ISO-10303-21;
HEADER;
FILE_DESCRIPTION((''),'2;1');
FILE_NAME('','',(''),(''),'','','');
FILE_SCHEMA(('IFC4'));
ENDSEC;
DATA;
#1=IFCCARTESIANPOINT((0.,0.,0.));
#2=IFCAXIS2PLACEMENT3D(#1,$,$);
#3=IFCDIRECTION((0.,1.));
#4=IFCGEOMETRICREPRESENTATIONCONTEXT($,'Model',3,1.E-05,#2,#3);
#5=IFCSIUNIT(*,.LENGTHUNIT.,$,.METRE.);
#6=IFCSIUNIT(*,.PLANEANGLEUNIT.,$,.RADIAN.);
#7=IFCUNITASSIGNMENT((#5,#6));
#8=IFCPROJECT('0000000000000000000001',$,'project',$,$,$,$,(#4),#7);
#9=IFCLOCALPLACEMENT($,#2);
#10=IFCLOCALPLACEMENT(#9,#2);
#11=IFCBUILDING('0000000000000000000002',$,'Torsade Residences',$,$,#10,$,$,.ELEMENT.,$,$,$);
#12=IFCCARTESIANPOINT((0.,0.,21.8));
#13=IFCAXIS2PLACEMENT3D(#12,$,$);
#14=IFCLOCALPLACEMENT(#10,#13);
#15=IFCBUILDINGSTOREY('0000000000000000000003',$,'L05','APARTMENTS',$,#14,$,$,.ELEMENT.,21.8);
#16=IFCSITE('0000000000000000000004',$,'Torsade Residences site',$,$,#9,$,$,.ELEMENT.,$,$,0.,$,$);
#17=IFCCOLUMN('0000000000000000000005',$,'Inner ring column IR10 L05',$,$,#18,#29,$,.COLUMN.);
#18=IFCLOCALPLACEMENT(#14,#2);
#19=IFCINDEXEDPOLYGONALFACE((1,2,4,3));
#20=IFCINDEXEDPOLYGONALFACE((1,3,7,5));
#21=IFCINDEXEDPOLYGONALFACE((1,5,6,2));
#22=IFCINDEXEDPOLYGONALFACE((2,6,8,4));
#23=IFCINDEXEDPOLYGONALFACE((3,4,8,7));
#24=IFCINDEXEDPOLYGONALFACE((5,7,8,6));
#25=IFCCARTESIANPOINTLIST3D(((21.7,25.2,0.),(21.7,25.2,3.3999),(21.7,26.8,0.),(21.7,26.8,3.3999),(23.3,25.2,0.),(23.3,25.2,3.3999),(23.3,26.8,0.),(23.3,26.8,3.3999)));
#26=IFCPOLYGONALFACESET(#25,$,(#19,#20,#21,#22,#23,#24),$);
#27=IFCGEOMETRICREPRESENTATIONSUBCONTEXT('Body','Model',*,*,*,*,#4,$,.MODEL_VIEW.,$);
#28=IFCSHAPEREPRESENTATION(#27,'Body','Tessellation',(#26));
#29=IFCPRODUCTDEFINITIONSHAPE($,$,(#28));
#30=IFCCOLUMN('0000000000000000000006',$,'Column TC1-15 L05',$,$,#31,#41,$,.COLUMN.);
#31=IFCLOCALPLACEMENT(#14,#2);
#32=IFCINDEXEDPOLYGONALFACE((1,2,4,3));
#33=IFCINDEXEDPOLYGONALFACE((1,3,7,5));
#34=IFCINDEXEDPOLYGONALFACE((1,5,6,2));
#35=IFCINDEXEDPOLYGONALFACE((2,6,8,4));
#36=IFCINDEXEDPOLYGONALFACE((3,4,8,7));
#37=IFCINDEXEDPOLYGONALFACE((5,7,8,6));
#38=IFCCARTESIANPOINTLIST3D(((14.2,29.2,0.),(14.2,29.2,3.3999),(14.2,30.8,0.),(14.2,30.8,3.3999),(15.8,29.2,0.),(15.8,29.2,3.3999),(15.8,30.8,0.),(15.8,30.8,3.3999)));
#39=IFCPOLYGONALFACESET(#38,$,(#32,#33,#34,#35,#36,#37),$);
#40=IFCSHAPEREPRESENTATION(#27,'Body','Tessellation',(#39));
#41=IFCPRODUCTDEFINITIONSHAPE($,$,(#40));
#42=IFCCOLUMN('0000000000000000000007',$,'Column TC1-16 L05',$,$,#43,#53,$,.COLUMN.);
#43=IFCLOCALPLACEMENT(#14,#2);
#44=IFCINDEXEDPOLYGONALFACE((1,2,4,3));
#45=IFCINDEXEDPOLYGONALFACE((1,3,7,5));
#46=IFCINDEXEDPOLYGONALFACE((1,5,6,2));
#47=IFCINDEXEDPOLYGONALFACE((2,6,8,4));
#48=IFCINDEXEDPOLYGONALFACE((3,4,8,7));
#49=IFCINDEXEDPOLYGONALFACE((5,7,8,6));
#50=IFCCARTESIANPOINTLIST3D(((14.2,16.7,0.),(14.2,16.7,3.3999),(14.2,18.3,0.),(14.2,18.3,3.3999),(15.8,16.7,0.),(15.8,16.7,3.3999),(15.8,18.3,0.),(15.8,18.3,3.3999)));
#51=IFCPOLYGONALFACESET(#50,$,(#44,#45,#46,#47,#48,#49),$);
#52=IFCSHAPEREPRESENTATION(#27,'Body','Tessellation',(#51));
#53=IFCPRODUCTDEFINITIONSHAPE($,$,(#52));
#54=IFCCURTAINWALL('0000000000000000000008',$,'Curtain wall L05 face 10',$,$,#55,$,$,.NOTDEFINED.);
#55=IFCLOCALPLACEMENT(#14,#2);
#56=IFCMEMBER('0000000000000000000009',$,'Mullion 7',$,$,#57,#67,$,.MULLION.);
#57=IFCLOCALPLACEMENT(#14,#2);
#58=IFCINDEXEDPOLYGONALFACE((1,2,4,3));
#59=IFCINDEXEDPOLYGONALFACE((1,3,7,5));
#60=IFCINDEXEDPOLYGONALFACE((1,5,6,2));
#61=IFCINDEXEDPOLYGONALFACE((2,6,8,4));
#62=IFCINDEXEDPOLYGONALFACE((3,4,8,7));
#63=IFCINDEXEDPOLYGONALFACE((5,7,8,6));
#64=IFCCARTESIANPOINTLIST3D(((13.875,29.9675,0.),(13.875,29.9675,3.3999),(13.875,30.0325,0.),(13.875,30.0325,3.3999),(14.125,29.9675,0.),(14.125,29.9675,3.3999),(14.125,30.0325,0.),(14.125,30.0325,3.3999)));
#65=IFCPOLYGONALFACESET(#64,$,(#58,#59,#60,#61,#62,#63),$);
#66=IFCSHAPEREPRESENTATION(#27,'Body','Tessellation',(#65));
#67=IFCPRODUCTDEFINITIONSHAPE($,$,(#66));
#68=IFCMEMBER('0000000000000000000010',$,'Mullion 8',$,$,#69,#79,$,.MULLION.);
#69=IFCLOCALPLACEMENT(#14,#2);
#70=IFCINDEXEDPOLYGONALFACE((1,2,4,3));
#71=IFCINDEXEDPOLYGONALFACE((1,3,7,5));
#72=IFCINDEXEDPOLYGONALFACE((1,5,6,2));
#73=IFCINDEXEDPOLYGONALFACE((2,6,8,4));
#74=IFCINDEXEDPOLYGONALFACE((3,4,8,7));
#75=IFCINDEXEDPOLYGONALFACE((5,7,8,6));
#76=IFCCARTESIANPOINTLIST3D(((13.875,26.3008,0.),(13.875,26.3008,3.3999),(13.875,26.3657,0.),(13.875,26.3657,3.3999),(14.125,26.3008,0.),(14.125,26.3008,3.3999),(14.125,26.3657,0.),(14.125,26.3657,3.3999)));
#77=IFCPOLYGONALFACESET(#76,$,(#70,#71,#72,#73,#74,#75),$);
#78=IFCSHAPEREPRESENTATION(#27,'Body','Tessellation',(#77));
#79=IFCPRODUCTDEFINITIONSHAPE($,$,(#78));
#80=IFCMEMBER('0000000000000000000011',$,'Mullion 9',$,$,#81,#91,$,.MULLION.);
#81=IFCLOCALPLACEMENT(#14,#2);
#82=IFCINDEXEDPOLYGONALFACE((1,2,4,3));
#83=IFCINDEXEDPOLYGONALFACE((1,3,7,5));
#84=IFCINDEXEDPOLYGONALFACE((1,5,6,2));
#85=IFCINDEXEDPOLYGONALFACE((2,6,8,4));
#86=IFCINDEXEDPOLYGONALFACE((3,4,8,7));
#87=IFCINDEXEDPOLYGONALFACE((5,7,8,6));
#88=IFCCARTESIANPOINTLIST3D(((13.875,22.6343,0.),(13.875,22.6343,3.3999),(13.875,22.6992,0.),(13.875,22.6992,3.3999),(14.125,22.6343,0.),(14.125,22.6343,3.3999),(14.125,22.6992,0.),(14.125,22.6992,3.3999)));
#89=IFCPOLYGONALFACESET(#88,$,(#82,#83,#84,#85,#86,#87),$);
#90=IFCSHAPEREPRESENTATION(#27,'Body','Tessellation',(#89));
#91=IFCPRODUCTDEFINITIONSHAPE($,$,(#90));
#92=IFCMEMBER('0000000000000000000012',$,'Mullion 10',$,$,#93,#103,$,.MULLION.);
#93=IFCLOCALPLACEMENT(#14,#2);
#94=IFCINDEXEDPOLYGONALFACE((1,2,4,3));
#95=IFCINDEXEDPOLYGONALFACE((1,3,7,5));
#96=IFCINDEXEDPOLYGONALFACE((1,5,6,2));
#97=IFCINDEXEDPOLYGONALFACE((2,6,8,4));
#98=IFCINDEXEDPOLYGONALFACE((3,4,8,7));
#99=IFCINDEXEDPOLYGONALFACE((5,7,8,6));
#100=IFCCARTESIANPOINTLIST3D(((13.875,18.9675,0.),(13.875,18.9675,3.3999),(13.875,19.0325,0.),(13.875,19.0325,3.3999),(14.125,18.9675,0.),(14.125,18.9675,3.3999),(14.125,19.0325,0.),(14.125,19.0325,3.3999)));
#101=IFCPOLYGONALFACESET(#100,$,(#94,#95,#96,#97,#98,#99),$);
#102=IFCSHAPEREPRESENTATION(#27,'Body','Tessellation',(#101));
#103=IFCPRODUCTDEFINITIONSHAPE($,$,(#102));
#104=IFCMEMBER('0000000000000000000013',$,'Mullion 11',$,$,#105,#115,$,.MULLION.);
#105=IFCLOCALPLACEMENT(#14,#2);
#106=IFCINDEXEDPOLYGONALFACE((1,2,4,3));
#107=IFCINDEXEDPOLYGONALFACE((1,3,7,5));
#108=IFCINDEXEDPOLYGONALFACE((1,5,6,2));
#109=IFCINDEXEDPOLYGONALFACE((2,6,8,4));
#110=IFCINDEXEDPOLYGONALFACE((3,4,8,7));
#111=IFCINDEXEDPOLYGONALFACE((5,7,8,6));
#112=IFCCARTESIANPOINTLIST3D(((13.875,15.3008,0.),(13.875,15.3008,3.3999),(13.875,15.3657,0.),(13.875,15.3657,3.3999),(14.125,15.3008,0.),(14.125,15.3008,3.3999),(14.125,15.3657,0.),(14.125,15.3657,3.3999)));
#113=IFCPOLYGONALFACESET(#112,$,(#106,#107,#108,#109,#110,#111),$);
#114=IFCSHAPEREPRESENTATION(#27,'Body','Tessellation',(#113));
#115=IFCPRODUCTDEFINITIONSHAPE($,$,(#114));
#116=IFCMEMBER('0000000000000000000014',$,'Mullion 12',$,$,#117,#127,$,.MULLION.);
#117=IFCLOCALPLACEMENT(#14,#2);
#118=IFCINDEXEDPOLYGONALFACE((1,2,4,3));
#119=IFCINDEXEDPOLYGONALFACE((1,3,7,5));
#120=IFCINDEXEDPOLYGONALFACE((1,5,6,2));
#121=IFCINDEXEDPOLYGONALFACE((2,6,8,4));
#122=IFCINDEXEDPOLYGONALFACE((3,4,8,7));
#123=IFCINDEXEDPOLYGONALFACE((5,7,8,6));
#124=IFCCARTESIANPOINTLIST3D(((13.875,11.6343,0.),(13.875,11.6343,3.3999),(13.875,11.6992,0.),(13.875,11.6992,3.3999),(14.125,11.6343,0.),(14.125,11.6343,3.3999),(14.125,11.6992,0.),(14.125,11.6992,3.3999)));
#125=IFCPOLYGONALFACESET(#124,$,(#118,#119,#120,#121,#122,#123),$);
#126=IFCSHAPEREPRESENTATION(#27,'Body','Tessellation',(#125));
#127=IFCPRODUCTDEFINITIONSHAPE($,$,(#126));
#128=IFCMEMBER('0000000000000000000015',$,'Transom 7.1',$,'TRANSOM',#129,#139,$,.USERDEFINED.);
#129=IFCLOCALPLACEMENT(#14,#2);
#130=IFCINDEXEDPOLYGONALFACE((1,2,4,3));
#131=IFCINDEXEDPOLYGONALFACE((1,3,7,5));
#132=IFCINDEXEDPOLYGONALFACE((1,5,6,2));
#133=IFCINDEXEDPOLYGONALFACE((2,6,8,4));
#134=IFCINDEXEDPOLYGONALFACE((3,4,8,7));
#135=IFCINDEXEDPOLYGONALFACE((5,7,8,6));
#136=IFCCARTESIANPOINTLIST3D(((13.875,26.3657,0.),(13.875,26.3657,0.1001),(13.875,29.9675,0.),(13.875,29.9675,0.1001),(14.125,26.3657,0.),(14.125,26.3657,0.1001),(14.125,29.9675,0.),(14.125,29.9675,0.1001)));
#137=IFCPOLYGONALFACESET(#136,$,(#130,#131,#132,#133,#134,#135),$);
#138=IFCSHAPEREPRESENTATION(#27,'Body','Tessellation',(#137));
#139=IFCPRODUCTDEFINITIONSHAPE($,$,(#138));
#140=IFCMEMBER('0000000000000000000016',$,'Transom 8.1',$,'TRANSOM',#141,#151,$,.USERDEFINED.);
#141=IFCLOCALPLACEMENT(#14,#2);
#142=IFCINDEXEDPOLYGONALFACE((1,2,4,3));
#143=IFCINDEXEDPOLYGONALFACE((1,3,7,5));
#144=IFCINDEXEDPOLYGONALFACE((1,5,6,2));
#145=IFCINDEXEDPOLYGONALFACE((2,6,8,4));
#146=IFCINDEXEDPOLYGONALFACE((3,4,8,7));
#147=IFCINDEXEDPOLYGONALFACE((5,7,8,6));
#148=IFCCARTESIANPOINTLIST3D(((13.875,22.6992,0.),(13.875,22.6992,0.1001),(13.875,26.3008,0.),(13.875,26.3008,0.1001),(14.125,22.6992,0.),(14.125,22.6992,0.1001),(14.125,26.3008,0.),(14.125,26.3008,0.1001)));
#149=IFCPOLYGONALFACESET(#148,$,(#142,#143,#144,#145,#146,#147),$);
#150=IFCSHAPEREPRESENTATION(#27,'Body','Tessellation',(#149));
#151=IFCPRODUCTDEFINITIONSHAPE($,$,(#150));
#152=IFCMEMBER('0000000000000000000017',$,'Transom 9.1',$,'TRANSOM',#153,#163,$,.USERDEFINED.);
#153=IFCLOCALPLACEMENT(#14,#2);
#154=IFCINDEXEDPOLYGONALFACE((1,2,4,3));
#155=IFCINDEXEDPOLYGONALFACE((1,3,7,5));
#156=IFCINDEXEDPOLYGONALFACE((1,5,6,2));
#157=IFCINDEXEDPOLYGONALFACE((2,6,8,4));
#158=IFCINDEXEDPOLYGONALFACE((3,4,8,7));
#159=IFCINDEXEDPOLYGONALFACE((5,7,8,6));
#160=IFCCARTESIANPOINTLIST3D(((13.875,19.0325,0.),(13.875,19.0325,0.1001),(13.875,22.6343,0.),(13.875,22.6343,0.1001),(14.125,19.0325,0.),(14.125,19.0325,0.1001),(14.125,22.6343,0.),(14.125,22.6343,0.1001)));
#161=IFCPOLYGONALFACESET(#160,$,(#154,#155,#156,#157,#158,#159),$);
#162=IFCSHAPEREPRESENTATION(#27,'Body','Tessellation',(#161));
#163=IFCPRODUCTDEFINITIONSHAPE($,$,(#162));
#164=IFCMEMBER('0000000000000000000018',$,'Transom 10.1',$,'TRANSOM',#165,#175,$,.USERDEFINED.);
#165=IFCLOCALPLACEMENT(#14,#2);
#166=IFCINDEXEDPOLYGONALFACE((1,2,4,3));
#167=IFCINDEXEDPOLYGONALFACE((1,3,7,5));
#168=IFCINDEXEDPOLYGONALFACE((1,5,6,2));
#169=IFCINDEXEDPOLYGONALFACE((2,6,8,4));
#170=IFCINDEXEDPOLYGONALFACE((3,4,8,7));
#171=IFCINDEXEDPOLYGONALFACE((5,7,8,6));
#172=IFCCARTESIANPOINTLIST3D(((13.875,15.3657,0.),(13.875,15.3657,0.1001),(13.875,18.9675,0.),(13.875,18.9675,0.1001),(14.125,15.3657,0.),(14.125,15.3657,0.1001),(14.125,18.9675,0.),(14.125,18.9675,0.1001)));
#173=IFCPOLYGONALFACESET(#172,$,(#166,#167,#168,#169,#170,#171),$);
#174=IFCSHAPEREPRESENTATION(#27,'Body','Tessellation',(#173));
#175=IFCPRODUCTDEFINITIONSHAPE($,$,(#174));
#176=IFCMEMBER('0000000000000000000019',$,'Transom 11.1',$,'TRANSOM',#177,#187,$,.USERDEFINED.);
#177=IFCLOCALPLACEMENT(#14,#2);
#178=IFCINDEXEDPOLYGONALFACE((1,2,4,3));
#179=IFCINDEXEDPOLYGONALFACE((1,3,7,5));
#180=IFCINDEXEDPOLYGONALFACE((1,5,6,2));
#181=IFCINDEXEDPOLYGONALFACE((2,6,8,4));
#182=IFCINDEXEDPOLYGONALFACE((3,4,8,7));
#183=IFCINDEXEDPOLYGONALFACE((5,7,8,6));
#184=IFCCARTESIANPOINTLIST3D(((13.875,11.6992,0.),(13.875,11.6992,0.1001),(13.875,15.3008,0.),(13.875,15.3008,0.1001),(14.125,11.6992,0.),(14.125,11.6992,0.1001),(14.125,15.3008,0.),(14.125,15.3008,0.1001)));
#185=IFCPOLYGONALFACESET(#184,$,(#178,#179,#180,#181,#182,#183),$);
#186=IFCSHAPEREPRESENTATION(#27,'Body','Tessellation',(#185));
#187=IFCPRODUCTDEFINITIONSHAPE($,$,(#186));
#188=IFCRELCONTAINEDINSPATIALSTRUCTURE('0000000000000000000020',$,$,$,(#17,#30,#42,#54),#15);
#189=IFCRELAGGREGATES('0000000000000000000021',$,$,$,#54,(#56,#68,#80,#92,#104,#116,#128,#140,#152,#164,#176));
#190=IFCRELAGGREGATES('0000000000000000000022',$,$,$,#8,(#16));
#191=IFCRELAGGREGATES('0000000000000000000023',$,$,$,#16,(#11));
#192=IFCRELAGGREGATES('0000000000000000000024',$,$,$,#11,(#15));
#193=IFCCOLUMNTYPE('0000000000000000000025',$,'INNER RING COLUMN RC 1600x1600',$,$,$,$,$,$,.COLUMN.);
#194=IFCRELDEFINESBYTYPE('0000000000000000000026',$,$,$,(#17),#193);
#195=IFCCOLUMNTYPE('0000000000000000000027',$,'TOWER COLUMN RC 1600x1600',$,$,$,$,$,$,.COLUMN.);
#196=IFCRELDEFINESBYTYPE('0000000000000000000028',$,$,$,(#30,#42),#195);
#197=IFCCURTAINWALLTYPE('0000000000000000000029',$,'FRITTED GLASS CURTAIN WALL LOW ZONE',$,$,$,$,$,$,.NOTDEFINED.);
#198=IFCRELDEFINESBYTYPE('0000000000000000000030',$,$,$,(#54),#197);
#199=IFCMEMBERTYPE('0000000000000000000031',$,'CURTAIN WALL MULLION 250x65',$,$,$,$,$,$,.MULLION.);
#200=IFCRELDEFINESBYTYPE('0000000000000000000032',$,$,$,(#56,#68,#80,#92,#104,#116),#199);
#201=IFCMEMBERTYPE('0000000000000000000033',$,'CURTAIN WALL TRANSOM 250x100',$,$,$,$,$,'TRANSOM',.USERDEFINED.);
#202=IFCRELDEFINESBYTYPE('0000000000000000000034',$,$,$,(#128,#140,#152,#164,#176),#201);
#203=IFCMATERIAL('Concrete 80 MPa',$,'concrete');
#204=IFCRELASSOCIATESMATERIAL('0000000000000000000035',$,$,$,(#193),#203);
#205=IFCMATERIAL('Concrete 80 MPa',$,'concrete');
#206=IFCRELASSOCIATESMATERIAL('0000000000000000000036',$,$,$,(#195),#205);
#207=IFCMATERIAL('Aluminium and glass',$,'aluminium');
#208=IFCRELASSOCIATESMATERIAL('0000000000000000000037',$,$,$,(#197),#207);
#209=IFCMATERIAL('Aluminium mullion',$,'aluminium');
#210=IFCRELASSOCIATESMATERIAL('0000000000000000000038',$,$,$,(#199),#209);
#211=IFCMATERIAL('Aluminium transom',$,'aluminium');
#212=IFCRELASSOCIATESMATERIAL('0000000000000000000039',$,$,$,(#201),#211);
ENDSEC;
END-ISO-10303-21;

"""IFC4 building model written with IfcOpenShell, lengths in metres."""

from ifc_helpers import new_model, si_unit, direction, frame, origin, origin_2d, place, context, subcontext, project, spatial, rectangle, extrude, material, material_profile, profile_set, type_object, element, aggregate, save


model = new_model("IFC4")

# Units and contexts
model_context = context("Model", 3, precision=1e-05, world=origin(), true_north=direction((0.0, 1.0)))
body_context = subcontext(model_context, "Body", "Model", "MODEL_VIEW")
ifc_project = project(units=[si_unit("LENGTHUNIT", "METRE"), si_unit("PLANEANGLEUNIT", "RADIAN")], contexts=[model_context])

# Site, building, storey
site_placement = place(None, origin())
site = spatial("IfcSite", under=ifc_project, at=site_placement, Name="Torsade Residences site", CompositionType="ELEMENT", RefElevation=0.0)
building_placement = place(site_placement, origin())
building = spatial("IfcBuilding", under=site, at=building_placement, Name="Torsade Residences", CompositionType="ELEMENT")
storey_placement = place(building_placement, frame((0.0, 0.0, 21.8)))
storey = spatial("IfcBuildingStorey", under=building, at=storey_placement, Name="L05", Description="APARTMENTS", CompositionType="ELEMENT", Elevation=21.8)

# Columns
ifc_material_1 = material(Name="Concrete 80 MPa", Category="concrete")
ifc_material_profile_1 = material_profile(ifc_material_1, rectangle(XDim=1.6001, YDim=1.6001, at=origin_2d()), Name="RC 1600x1600")
ifc_profile_set_1 = profile_set([ifc_material_profile_1], Name="Concrete 80 MPa")
column_type_1 = type_object("IfcColumnType", Name="INNER RING COLUMN RC 1600x1600", PredefinedType="COLUMN", material=ifc_profile_set_1)
column_placement = place(storey_placement, frame((22.5, 26.0, 0.0), z_axis=(0.0, 0.0, 1.0), x_axis=(1.0, 0.0, 0.0)))
element("IfcColumn", 1, at=column_placement, inside=storey, type_object=column_type_1, Name="Inner ring column IR10 L05", PredefinedType="COLUMN", context=body_context, shape_type="SweptSolid", body=[
    extrude(rectangle(XDim=1.6001, YDim=1.6001, at=origin_2d()), origin(), (0.0, 0.0, 1.0), 3.3999),
])
ifc_material_2 = material(Name="Concrete 80 MPa", Category="concrete")
ifc_material_profile_2 = material_profile(ifc_material_2, rectangle(XDim=1.6001, YDim=1.6001, at=origin_2d()), Name="RC 1600x1600")
ifc_profile_set_2 = profile_set([ifc_material_profile_2], Name="Concrete 80 MPa")
column_type_2 = type_object("IfcColumnType", Name="TOWER COLUMN RC 1600x1600", PredefinedType="COLUMN", material=ifc_profile_set_2)
for number, where, z_axis, x_axis, name in (
    (2, (15.0, 30.0, 0.0), (0.0, 0.0, 1.0), (1.0, 0.0, 0.0), "Column TC1-15 L05"),
    (3, (15.0, 17.5, 0.0), (0.0, 0.0, 1.0), (1.0, 0.0, 0.0), "Column TC1-16 L05"),
):
    element("IfcColumn", number, at=place(storey_placement, frame(where, z_axis=z_axis, x_axis=x_axis)), inside=storey, type_object=column_type_2, Name=name, PredefinedType="COLUMN", context=body_context, shape_type="SweptSolid", body=[
        extrude(rectangle(XDim=1.6001, YDim=1.6001, at=origin_2d()), origin(), (0.0, 0.0, 1.0), 3.3999),
    ])

# Curtain wall, members
ifc_material_3 = material(Name="Aluminium and glass", Category="aluminium")
curtain_wall_type = type_object("IfcCurtainWallType", Name="FRITTED GLASS CURTAIN WALL LOW ZONE", PredefinedType="NOTDEFINED", material=ifc_material_3)
curtain_wall_placement = place(storey_placement, origin())
curtain_wall = element("IfcCurtainWall", 4, at=curtain_wall_placement, inside=storey, type_object=curtain_wall_type, Name="Curtain wall L05 face 10", PredefinedType="NOTDEFINED")
ifc_material_4 = material(Name="Aluminium mullion", Category="aluminium")
ifc_material_profile_3 = material_profile(ifc_material_4, rectangle(XDim=0.25, YDim=0.0649, at=origin_2d()), Name="CURTAIN WALL MULLION 250x65")
ifc_profile_set_3 = profile_set([ifc_material_profile_3], Name="Aluminium mullion")
member_type_1 = type_object("IfcMemberType", Name="CURTAIN WALL MULLION 250x65", PredefinedType="MULLION", material=ifc_profile_set_3)
member_1_placement = place(storey_placement, frame((14.0, 30.0, 0.0), z_axis=(0.0, 0.0, 1.0), x_axis=(1.0, 0.0, 0.0)))
member_1 = element("IfcMember", 5, at=member_1_placement, type_object=member_type_1, Name="Mullion 7", PredefinedType="MULLION", context=body_context, shape_type="SweptSolid", body=[
    extrude(rectangle(XDim=0.25, YDim=0.0649, at=origin_2d()), origin(), (0.0, 0.0, 1.0), 3.3999),
])
member_2_placement = place(storey_placement, frame((14.0, 26.3333, 0.0), z_axis=(0.0, 0.0, 1.0), x_axis=(1.0, 0.0, 0.0)))
member_2 = element("IfcMember", 6, at=member_2_placement, type_object=member_type_1, Name="Mullion 8", PredefinedType="MULLION", context=body_context, shape_type="SweptSolid", body=[
    extrude(rectangle(XDim=0.25, YDim=0.0649, at=origin_2d()), origin(), (0.0, 0.0, 1.0), 3.3999),
])
member_3_placement = place(storey_placement, frame((14.0, 22.6667, 0.0), z_axis=(0.0, 0.0, 1.0), x_axis=(1.0, 0.0, 0.0)))
member_3 = element("IfcMember", 7, at=member_3_placement, type_object=member_type_1, Name="Mullion 9", PredefinedType="MULLION", context=body_context, shape_type="SweptSolid", body=[
    extrude(rectangle(XDim=0.25, YDim=0.0649, at=origin_2d()), origin(), (0.0, 0.0, 1.0), 3.3999),
])
member_4_placement = place(storey_placement, frame((14.0, 19.0, 0.0), z_axis=(0.0, 0.0, 1.0), x_axis=(1.0, 0.0, 0.0)))
member_4 = element("IfcMember", 8, at=member_4_placement, type_object=member_type_1, Name="Mullion 10", PredefinedType="MULLION", context=body_context, shape_type="SweptSolid", body=[
    extrude(rectangle(XDim=0.25, YDim=0.0649, at=origin_2d()), origin(), (0.0, 0.0, 1.0), 3.3999),
])
member_5_placement = place(storey_placement, frame((14.0, 15.3333, 0.0), z_axis=(0.0, 0.0, 1.0), x_axis=(1.0, 0.0, 0.0)))
member_5 = element("IfcMember", 9, at=member_5_placement, type_object=member_type_1, Name="Mullion 11", PredefinedType="MULLION", context=body_context, shape_type="SweptSolid", body=[
    extrude(rectangle(XDim=0.25, YDim=0.0649, at=origin_2d()), origin(), (0.0, 0.0, 1.0), 3.3999),
])
member_6_placement = place(storey_placement, frame((14.0, 11.6667, 0.0), z_axis=(0.0, 0.0, 1.0), x_axis=(1.0, 0.0, 0.0)))
member_6 = element("IfcMember", 10, at=member_6_placement, type_object=member_type_1, Name="Mullion 12", PredefinedType="MULLION", context=body_context, shape_type="SweptSolid", body=[
    extrude(rectangle(XDim=0.25, YDim=0.0649, at=origin_2d()), origin(), (0.0, 0.0, 1.0), 3.3999),
])
ifc_material_5 = material(Name="Aluminium transom", Category="aluminium")
ifc_material_profile_4 = material_profile(ifc_material_5, rectangle(XDim=0.25, YDim=0.1001, at=origin_2d()), Name="CURTAIN WALL TRANSOM 250x100")
ifc_profile_set_4 = profile_set([ifc_material_profile_4], Name="Aluminium transom")
member_type_2 = type_object("IfcMemberType", Name="CURTAIN WALL TRANSOM 250x100", ElementType="TRANSOM", PredefinedType="USERDEFINED", material=ifc_profile_set_4)
member_7_placement = place(storey_placement, frame((14.0, 29.9675, 0.05), z_axis=(0.0, -1.0, 0.0), x_axis=(1.0, 0.0, 0.0)))
member_7 = element("IfcMember", 11, at=member_7_placement, type_object=member_type_2, Name="Transom 7.1", ObjectType="TRANSOM", PredefinedType="USERDEFINED", context=body_context, shape_type="SweptSolid", body=[
    extrude(rectangle(XDim=0.25, YDim=0.1001, at=origin_2d()), origin(), (0.0, 0.0, 1.0), 3.6018),
])
member_8_placement = place(storey_placement, frame((14.0, 26.3008, 0.05), z_axis=(0.0, -1.0, 0.0), x_axis=(1.0, 0.0, 0.0)))
member_8 = element("IfcMember", 12, at=member_8_placement, type_object=member_type_2, Name="Transom 8.1", ObjectType="TRANSOM", PredefinedType="USERDEFINED", context=body_context, shape_type="SweptSolid", body=[
    extrude(rectangle(XDim=0.25, YDim=0.1001, at=origin_2d()), origin(), (0.0, 0.0, 1.0), 3.6016),
])
member_9_placement = place(storey_placement, frame((14.0, 22.6343, 0.05), z_axis=(0.0, -1.0, 0.0), x_axis=(1.0, 0.0, 0.0)))
member_9 = element("IfcMember", 13, at=member_9_placement, type_object=member_type_2, Name="Transom 9.1", ObjectType="TRANSOM", PredefinedType="USERDEFINED", context=body_context, shape_type="SweptSolid", body=[
    extrude(rectangle(XDim=0.25, YDim=0.1001, at=origin_2d()), origin(), (0.0, 0.0, 1.0), 3.6018),
])
member_10_placement = place(storey_placement, frame((14.0, 18.9675, 0.05), z_axis=(0.0, -1.0, 0.0), x_axis=(1.0, 0.0, 0.0)))
member_10 = element("IfcMember", 14, at=member_10_placement, type_object=member_type_2, Name="Transom 10.1", ObjectType="TRANSOM", PredefinedType="USERDEFINED", context=body_context, shape_type="SweptSolid", body=[
    extrude(rectangle(XDim=0.25, YDim=0.1001, at=origin_2d()), origin(), (0.0, 0.0, 1.0), 3.6018),
])
member_11_placement = place(storey_placement, frame((14.0, 15.3008, 0.05), z_axis=(0.0, -1.0, 0.0), x_axis=(1.0, 0.0, 0.0)))
member_11 = element("IfcMember", 15, at=member_11_placement, type_object=member_type_2, Name="Transom 11.1", ObjectType="TRANSOM", PredefinedType="USERDEFINED", context=body_context, shape_type="SweptSolid", body=[
    extrude(rectangle(XDim=0.25, YDim=0.1001, at=origin_2d()), origin(), (0.0, 0.0, 1.0), 3.6016),
])

aggregate(curtain_wall, [member_1, member_2, member_3, member_4, member_5, member_6, member_7, member_8, member_9, member_10, member_11])

save(model, "model.ifc")
